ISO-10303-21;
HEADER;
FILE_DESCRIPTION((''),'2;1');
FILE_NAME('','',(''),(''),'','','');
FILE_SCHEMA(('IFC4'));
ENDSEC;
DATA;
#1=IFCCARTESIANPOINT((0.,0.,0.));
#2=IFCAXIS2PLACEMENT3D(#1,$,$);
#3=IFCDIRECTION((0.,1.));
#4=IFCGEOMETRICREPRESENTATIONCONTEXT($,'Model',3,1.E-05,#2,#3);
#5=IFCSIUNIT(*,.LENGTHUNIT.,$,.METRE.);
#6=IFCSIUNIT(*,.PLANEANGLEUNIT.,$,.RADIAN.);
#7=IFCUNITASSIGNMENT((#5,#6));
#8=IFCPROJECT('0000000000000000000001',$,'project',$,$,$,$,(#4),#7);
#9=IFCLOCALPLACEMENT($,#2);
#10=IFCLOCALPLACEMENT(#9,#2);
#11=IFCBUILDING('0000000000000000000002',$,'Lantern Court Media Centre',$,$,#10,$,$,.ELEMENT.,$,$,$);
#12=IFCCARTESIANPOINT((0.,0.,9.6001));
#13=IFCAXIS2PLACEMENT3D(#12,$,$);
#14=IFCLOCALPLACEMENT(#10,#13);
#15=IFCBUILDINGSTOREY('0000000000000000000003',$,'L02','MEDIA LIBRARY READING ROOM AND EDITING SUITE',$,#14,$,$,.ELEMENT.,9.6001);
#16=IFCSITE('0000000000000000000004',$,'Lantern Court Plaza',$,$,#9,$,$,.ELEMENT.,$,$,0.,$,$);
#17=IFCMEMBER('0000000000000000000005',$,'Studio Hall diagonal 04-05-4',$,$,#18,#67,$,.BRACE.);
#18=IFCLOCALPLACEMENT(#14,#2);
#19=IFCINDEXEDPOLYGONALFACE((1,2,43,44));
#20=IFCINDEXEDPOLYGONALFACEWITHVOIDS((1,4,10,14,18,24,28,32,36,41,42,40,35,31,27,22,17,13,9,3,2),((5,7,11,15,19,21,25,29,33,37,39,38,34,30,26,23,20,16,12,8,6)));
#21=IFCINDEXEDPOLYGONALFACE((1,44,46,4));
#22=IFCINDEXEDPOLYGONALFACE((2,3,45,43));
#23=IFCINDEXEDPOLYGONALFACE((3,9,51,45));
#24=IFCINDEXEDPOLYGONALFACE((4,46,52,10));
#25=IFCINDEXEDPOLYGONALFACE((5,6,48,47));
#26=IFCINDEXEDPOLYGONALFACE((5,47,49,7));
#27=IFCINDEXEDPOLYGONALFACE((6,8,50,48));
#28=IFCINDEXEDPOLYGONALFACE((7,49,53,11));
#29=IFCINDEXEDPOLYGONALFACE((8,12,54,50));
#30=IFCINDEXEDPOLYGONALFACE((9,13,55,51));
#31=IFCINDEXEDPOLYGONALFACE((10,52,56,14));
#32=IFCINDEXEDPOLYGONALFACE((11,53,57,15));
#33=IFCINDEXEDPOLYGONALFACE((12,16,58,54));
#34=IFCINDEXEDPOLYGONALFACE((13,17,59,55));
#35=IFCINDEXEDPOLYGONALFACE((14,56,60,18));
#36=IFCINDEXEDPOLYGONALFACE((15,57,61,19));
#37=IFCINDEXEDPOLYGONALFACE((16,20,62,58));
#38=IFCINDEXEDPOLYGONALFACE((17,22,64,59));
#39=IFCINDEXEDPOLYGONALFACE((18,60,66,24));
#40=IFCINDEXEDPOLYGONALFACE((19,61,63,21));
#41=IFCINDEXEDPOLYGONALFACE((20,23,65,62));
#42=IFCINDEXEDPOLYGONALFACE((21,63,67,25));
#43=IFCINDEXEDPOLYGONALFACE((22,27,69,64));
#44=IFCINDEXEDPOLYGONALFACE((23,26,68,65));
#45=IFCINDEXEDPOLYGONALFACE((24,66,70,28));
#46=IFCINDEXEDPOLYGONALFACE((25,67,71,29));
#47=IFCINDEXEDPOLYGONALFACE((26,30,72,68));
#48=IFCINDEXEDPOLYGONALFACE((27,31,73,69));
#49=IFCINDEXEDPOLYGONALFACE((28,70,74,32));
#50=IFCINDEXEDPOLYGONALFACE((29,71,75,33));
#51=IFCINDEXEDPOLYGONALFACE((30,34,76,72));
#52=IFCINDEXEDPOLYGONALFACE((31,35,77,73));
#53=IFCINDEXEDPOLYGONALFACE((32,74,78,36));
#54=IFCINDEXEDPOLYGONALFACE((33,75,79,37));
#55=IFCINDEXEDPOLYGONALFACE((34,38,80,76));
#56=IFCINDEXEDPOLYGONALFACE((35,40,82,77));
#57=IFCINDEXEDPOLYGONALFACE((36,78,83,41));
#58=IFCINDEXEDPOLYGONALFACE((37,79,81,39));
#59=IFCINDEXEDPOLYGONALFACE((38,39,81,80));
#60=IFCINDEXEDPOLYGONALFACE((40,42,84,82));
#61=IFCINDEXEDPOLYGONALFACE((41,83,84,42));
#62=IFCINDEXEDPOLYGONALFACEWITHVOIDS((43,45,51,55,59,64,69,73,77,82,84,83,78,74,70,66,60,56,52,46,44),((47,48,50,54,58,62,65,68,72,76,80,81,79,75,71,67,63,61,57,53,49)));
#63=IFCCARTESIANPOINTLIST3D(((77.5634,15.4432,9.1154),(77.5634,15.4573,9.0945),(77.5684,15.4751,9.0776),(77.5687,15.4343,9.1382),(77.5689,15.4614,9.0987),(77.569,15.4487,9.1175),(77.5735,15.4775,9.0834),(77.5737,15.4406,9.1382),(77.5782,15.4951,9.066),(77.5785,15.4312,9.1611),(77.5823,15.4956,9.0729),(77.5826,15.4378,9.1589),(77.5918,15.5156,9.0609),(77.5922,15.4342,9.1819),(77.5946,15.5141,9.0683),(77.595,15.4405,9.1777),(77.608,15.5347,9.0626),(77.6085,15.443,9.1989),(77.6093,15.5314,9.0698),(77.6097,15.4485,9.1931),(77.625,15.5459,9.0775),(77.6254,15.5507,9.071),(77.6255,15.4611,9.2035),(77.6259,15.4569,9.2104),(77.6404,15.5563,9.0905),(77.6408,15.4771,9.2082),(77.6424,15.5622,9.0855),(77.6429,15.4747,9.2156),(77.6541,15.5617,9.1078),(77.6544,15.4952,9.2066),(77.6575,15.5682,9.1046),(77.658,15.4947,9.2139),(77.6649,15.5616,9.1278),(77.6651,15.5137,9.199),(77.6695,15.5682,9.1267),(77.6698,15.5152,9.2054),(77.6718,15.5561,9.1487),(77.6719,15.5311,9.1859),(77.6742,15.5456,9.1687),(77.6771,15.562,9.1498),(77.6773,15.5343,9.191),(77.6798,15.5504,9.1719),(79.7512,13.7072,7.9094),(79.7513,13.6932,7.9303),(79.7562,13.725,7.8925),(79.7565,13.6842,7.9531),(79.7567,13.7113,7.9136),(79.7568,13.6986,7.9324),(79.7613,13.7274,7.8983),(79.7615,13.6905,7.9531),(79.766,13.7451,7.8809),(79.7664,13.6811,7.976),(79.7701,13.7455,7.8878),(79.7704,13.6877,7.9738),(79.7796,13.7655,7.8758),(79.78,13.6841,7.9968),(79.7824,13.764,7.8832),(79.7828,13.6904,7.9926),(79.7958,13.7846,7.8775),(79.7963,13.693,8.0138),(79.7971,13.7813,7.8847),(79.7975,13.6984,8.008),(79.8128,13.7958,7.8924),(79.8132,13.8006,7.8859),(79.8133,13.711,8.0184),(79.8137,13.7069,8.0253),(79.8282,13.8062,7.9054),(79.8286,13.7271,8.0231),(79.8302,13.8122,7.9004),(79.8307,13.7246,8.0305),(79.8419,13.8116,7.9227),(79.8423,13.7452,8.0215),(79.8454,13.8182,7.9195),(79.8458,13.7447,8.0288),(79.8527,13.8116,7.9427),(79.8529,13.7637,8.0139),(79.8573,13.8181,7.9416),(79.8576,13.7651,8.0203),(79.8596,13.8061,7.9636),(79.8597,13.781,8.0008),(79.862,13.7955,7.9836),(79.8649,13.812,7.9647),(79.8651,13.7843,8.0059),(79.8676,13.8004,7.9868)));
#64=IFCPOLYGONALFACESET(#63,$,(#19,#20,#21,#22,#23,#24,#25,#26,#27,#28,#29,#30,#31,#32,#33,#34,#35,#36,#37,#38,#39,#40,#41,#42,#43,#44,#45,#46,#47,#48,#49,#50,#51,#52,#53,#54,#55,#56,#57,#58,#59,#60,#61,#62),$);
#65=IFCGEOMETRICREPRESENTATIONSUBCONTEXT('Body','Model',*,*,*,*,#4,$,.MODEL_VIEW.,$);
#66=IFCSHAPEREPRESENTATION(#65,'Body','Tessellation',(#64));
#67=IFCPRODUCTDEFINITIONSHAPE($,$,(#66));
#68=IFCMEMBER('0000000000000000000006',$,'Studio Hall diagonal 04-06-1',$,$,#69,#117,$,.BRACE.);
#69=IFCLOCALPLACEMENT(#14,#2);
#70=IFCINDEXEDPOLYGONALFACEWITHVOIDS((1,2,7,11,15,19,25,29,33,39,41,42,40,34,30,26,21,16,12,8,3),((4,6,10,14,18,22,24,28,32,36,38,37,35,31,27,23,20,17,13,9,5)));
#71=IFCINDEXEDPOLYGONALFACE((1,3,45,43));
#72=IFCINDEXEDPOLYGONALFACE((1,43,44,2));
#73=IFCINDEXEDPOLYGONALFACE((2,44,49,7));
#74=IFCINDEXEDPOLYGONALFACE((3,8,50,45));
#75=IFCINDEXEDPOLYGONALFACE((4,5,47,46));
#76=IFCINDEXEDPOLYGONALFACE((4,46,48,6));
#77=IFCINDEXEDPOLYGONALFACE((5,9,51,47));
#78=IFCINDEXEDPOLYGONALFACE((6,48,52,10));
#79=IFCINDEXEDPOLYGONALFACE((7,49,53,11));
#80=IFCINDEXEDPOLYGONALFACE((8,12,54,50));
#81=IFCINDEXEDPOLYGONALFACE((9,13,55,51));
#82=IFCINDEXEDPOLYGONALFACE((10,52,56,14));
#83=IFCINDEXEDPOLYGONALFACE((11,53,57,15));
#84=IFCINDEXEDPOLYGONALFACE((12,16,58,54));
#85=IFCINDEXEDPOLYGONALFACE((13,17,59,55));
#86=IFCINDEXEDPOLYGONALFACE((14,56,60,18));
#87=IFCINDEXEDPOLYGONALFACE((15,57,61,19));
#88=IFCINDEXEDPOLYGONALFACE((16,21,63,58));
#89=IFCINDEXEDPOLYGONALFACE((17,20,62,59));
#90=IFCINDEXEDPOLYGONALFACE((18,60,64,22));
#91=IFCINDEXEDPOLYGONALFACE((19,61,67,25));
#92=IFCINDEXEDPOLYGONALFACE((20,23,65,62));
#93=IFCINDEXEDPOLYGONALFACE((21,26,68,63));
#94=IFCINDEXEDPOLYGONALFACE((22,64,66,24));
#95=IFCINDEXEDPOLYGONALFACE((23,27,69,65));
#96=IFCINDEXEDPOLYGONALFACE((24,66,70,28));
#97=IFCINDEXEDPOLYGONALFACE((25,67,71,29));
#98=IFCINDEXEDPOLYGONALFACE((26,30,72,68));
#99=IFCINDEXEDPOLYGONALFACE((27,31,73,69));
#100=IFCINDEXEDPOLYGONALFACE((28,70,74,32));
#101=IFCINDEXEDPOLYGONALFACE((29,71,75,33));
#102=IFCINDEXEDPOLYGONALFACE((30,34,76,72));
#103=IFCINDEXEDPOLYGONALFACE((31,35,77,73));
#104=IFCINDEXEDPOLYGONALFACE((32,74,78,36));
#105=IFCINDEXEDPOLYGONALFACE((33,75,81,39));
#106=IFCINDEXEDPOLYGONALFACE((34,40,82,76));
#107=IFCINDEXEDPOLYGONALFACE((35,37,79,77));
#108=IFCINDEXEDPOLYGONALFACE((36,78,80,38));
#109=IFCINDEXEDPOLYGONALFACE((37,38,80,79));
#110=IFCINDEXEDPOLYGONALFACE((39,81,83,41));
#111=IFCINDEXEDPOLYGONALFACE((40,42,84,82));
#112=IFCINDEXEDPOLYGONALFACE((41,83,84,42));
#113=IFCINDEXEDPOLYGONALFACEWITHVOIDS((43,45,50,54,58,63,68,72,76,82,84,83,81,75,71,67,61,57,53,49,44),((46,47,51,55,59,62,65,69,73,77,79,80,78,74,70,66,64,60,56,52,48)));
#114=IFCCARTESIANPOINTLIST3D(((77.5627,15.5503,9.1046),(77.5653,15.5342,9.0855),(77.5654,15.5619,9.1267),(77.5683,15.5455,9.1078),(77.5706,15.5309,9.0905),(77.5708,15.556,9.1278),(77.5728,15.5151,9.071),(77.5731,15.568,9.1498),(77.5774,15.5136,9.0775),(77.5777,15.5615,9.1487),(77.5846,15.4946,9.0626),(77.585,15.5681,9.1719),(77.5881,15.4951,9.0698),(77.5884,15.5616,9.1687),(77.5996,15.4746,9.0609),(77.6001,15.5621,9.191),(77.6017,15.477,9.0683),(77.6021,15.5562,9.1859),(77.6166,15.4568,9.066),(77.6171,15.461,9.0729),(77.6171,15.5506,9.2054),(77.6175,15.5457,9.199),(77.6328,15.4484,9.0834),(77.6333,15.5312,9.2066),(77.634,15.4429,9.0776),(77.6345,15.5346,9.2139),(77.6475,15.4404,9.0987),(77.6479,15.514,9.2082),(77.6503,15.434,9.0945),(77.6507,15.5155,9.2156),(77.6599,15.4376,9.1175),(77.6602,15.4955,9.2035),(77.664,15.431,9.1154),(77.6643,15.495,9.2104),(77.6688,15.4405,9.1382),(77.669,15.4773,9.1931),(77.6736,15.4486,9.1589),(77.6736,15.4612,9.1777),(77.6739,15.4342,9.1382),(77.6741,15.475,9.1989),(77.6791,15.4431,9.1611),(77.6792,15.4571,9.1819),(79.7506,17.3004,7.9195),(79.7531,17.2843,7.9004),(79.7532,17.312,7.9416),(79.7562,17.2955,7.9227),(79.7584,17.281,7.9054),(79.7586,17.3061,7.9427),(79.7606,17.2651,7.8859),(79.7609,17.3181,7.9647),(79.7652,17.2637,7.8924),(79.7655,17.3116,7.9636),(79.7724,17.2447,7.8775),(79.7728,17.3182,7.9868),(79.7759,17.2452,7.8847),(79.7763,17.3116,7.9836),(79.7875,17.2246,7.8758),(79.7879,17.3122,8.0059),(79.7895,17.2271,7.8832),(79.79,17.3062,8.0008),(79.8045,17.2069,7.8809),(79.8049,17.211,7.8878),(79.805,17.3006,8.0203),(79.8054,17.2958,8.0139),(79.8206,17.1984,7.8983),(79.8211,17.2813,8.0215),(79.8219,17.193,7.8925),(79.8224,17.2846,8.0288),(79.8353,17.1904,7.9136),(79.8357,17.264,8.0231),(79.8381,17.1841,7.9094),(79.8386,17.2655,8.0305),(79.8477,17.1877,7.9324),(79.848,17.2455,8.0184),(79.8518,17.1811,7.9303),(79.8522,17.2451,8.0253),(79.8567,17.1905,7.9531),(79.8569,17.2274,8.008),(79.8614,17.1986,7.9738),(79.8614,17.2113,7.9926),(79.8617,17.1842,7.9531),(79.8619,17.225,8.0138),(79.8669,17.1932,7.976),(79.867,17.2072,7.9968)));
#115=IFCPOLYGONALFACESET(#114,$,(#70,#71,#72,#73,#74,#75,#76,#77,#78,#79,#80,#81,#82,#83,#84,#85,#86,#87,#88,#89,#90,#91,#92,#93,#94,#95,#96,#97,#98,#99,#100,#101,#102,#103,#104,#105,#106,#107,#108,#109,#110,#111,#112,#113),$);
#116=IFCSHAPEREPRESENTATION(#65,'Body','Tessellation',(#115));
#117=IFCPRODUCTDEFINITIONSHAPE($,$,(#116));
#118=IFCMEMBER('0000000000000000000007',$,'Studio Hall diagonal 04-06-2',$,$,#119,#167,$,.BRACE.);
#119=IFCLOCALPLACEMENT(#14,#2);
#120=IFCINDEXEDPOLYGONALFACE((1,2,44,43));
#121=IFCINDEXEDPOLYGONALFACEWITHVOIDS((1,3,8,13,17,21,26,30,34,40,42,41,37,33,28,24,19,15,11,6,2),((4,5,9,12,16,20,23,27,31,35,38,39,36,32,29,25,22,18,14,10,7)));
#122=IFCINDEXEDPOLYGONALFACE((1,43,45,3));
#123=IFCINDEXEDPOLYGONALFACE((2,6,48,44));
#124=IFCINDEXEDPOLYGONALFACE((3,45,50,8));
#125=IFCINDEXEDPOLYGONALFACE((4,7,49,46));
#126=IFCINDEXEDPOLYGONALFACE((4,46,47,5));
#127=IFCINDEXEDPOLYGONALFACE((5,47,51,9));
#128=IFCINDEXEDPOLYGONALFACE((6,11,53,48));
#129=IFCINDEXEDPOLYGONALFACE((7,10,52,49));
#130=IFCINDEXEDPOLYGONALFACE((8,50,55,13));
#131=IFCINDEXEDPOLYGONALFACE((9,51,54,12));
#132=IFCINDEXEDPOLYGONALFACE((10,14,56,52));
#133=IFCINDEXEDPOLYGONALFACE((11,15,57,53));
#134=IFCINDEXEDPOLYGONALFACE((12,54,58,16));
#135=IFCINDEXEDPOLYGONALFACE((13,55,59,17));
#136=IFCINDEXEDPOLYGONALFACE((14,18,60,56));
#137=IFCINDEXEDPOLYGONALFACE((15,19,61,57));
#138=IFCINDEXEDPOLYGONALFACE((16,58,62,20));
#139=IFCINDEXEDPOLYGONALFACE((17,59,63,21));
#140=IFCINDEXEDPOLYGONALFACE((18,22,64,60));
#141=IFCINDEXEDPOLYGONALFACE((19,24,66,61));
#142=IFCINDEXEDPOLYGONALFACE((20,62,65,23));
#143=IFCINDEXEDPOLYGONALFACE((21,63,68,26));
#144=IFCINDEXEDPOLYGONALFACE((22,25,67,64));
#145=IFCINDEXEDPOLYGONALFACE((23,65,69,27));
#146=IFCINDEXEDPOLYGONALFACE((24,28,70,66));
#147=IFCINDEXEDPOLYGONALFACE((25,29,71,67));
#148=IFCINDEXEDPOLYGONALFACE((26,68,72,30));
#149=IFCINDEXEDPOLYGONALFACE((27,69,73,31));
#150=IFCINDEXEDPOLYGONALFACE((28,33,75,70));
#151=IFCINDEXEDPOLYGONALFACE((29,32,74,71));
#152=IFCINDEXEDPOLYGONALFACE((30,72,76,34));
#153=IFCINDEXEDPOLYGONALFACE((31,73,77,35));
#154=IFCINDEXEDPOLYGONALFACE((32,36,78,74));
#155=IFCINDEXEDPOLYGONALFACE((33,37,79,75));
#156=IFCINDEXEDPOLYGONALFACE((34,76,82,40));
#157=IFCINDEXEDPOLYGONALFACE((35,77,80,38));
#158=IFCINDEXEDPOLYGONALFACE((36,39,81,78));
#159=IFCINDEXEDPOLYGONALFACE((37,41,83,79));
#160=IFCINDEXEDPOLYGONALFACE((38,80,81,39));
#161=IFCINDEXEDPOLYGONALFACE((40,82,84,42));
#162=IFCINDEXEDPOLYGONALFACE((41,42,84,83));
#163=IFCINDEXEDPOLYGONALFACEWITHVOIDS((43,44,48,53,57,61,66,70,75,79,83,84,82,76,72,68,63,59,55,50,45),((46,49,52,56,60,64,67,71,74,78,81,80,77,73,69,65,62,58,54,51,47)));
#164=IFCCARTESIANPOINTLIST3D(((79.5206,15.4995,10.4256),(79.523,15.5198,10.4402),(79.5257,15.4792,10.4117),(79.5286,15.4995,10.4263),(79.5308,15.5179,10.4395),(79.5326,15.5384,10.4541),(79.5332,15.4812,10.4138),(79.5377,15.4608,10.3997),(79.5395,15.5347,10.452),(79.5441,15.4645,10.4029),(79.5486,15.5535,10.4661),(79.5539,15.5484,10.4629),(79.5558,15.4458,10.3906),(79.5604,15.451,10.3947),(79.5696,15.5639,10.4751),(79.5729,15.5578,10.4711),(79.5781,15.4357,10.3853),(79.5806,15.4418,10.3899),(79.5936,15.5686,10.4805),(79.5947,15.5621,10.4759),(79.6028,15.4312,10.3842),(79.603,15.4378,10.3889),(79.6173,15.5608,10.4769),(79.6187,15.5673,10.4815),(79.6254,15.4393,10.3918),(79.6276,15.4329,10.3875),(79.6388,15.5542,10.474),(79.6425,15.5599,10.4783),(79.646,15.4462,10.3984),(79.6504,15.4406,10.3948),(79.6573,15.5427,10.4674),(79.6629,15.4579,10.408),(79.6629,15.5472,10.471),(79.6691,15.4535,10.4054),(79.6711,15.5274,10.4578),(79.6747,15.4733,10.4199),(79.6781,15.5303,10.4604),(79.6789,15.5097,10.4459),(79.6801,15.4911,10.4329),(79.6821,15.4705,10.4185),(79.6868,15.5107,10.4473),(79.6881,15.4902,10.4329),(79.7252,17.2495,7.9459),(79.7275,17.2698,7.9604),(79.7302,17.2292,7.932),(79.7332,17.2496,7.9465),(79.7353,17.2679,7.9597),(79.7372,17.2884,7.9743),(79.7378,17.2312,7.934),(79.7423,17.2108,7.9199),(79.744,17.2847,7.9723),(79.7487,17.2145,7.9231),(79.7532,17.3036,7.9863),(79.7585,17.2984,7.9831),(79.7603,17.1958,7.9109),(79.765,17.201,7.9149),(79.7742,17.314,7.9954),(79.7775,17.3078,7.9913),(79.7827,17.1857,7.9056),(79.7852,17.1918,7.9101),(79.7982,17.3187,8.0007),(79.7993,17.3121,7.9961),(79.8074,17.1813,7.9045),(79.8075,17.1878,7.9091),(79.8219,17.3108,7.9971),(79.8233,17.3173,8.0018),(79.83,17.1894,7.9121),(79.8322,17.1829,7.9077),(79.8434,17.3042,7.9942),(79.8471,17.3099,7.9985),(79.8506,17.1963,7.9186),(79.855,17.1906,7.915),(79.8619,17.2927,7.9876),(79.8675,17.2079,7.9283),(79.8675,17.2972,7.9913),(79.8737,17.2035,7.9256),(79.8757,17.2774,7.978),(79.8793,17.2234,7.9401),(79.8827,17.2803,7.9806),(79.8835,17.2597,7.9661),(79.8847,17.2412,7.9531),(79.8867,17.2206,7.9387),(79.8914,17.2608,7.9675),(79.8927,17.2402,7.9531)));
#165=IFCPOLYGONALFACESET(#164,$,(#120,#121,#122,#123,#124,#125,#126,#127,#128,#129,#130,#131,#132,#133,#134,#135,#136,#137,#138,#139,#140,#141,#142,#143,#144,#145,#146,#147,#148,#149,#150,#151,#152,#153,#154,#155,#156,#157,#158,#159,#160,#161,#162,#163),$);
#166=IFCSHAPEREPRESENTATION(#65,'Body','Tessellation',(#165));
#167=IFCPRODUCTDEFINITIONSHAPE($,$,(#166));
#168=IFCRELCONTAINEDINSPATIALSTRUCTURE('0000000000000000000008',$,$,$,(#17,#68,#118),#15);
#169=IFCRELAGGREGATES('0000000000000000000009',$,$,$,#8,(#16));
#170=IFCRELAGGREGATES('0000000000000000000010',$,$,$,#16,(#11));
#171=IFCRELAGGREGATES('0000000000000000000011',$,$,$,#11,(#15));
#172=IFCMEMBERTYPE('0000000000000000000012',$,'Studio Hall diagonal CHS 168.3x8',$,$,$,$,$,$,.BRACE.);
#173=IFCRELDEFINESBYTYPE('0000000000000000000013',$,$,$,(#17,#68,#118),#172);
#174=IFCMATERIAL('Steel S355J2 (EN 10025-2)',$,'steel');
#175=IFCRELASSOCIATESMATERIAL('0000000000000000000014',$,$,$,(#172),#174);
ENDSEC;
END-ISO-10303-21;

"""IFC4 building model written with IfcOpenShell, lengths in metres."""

from ifc_helpers import new_model, si_unit, direction, frame, origin, origin_2d, place, context, subcontext, project, spatial, hollow_circle, extrude, material, material_profile, profile_set, type_object, element, save


model = new_model("IFC4")

# Units and contexts
model_context = context("Model", 3, precision=1e-05, world=origin(), true_north=direction((0.0, 1.0)))
body_context = subcontext(model_context, "Body", "Model", "MODEL_VIEW")
ifc_project = project(units=[si_unit("LENGTHUNIT", "METRE"), si_unit("PLANEANGLEUNIT", "RADIAN")], contexts=[model_context])

# Site, building, storey
site_placement = place(None, origin())
site = spatial("IfcSite", under=ifc_project, at=site_placement, Name="Lantern Court Plaza", CompositionType="ELEMENT", RefElevation=0.0)
building_placement = place(site_placement, origin())
building = spatial("IfcBuilding", under=site, at=building_placement, Name="Lantern Court Media Centre", CompositionType="ELEMENT")
storey_placement = place(building_placement, frame((0.0, 0.0, 9.6001)))
storey = spatial("IfcBuildingStorey", under=building, at=storey_placement, Name="L02", Description="MEDIA LIBRARY READING ROOM AND EDITING SUITE", CompositionType="ELEMENT", Elevation=9.6001)

# Members
ifc_material = material(Name="Steel S355J2 (EN 10025-2)", Category="steel")
ifc_material_profile_1 = material_profile(ifc_material, hollow_circle(Radius=0.0842, WallThickness=0.0081, at=origin_2d()), Name="Studio Hall diagonal CHS 168.3x8")
ifc_profile_set_1 = profile_set([ifc_material_profile_1], Name="Steel S355J2 (EN 10025-2)")
member_type_1 = type_object("IfcMemberType", Name="Studio Hall diagonal CHS 168.3x8", PredefinedType="BRACE", material=ifc_profile_set_1)
for number, where, z_axis, x_axis, name in (
    (1, (79.8091, 13.75, 7.9531), (-0.719206, 0.5753, 0.38958), (-0.624653, -0.780903, 0.0), "Studio Hall diagonal 04-05-4"),
    (2, (79.8091, 17.25, 7.9531), (-0.719206, -0.5753, 0.38958), (0.624653, -0.780903, 0.0), "Studio Hall diagonal 04-06-1"),
    (3, (79.8091, 17.25, 7.9531), (-0.067256, -0.575289, 0.81518), (0.993235, -0.116118, 0.0), "Studio Hall diagonal 04-06-2"),
):
    element("IfcMember", number, at=place(storey_placement, frame(where, z_axis=z_axis, x_axis=x_axis)), inside=storey, type_object=member_type_1, Name=name, PredefinedType="BRACE", context=body_context, shape_type="SweptSolid", body=[
        extrude(hollow_circle(Radius=0.0842, WallThickness=0.0081, at=origin_2d()), origin(), (0.0, 0.0, 1.0), 3.042),
    ])

save(model, "model.ifc")
